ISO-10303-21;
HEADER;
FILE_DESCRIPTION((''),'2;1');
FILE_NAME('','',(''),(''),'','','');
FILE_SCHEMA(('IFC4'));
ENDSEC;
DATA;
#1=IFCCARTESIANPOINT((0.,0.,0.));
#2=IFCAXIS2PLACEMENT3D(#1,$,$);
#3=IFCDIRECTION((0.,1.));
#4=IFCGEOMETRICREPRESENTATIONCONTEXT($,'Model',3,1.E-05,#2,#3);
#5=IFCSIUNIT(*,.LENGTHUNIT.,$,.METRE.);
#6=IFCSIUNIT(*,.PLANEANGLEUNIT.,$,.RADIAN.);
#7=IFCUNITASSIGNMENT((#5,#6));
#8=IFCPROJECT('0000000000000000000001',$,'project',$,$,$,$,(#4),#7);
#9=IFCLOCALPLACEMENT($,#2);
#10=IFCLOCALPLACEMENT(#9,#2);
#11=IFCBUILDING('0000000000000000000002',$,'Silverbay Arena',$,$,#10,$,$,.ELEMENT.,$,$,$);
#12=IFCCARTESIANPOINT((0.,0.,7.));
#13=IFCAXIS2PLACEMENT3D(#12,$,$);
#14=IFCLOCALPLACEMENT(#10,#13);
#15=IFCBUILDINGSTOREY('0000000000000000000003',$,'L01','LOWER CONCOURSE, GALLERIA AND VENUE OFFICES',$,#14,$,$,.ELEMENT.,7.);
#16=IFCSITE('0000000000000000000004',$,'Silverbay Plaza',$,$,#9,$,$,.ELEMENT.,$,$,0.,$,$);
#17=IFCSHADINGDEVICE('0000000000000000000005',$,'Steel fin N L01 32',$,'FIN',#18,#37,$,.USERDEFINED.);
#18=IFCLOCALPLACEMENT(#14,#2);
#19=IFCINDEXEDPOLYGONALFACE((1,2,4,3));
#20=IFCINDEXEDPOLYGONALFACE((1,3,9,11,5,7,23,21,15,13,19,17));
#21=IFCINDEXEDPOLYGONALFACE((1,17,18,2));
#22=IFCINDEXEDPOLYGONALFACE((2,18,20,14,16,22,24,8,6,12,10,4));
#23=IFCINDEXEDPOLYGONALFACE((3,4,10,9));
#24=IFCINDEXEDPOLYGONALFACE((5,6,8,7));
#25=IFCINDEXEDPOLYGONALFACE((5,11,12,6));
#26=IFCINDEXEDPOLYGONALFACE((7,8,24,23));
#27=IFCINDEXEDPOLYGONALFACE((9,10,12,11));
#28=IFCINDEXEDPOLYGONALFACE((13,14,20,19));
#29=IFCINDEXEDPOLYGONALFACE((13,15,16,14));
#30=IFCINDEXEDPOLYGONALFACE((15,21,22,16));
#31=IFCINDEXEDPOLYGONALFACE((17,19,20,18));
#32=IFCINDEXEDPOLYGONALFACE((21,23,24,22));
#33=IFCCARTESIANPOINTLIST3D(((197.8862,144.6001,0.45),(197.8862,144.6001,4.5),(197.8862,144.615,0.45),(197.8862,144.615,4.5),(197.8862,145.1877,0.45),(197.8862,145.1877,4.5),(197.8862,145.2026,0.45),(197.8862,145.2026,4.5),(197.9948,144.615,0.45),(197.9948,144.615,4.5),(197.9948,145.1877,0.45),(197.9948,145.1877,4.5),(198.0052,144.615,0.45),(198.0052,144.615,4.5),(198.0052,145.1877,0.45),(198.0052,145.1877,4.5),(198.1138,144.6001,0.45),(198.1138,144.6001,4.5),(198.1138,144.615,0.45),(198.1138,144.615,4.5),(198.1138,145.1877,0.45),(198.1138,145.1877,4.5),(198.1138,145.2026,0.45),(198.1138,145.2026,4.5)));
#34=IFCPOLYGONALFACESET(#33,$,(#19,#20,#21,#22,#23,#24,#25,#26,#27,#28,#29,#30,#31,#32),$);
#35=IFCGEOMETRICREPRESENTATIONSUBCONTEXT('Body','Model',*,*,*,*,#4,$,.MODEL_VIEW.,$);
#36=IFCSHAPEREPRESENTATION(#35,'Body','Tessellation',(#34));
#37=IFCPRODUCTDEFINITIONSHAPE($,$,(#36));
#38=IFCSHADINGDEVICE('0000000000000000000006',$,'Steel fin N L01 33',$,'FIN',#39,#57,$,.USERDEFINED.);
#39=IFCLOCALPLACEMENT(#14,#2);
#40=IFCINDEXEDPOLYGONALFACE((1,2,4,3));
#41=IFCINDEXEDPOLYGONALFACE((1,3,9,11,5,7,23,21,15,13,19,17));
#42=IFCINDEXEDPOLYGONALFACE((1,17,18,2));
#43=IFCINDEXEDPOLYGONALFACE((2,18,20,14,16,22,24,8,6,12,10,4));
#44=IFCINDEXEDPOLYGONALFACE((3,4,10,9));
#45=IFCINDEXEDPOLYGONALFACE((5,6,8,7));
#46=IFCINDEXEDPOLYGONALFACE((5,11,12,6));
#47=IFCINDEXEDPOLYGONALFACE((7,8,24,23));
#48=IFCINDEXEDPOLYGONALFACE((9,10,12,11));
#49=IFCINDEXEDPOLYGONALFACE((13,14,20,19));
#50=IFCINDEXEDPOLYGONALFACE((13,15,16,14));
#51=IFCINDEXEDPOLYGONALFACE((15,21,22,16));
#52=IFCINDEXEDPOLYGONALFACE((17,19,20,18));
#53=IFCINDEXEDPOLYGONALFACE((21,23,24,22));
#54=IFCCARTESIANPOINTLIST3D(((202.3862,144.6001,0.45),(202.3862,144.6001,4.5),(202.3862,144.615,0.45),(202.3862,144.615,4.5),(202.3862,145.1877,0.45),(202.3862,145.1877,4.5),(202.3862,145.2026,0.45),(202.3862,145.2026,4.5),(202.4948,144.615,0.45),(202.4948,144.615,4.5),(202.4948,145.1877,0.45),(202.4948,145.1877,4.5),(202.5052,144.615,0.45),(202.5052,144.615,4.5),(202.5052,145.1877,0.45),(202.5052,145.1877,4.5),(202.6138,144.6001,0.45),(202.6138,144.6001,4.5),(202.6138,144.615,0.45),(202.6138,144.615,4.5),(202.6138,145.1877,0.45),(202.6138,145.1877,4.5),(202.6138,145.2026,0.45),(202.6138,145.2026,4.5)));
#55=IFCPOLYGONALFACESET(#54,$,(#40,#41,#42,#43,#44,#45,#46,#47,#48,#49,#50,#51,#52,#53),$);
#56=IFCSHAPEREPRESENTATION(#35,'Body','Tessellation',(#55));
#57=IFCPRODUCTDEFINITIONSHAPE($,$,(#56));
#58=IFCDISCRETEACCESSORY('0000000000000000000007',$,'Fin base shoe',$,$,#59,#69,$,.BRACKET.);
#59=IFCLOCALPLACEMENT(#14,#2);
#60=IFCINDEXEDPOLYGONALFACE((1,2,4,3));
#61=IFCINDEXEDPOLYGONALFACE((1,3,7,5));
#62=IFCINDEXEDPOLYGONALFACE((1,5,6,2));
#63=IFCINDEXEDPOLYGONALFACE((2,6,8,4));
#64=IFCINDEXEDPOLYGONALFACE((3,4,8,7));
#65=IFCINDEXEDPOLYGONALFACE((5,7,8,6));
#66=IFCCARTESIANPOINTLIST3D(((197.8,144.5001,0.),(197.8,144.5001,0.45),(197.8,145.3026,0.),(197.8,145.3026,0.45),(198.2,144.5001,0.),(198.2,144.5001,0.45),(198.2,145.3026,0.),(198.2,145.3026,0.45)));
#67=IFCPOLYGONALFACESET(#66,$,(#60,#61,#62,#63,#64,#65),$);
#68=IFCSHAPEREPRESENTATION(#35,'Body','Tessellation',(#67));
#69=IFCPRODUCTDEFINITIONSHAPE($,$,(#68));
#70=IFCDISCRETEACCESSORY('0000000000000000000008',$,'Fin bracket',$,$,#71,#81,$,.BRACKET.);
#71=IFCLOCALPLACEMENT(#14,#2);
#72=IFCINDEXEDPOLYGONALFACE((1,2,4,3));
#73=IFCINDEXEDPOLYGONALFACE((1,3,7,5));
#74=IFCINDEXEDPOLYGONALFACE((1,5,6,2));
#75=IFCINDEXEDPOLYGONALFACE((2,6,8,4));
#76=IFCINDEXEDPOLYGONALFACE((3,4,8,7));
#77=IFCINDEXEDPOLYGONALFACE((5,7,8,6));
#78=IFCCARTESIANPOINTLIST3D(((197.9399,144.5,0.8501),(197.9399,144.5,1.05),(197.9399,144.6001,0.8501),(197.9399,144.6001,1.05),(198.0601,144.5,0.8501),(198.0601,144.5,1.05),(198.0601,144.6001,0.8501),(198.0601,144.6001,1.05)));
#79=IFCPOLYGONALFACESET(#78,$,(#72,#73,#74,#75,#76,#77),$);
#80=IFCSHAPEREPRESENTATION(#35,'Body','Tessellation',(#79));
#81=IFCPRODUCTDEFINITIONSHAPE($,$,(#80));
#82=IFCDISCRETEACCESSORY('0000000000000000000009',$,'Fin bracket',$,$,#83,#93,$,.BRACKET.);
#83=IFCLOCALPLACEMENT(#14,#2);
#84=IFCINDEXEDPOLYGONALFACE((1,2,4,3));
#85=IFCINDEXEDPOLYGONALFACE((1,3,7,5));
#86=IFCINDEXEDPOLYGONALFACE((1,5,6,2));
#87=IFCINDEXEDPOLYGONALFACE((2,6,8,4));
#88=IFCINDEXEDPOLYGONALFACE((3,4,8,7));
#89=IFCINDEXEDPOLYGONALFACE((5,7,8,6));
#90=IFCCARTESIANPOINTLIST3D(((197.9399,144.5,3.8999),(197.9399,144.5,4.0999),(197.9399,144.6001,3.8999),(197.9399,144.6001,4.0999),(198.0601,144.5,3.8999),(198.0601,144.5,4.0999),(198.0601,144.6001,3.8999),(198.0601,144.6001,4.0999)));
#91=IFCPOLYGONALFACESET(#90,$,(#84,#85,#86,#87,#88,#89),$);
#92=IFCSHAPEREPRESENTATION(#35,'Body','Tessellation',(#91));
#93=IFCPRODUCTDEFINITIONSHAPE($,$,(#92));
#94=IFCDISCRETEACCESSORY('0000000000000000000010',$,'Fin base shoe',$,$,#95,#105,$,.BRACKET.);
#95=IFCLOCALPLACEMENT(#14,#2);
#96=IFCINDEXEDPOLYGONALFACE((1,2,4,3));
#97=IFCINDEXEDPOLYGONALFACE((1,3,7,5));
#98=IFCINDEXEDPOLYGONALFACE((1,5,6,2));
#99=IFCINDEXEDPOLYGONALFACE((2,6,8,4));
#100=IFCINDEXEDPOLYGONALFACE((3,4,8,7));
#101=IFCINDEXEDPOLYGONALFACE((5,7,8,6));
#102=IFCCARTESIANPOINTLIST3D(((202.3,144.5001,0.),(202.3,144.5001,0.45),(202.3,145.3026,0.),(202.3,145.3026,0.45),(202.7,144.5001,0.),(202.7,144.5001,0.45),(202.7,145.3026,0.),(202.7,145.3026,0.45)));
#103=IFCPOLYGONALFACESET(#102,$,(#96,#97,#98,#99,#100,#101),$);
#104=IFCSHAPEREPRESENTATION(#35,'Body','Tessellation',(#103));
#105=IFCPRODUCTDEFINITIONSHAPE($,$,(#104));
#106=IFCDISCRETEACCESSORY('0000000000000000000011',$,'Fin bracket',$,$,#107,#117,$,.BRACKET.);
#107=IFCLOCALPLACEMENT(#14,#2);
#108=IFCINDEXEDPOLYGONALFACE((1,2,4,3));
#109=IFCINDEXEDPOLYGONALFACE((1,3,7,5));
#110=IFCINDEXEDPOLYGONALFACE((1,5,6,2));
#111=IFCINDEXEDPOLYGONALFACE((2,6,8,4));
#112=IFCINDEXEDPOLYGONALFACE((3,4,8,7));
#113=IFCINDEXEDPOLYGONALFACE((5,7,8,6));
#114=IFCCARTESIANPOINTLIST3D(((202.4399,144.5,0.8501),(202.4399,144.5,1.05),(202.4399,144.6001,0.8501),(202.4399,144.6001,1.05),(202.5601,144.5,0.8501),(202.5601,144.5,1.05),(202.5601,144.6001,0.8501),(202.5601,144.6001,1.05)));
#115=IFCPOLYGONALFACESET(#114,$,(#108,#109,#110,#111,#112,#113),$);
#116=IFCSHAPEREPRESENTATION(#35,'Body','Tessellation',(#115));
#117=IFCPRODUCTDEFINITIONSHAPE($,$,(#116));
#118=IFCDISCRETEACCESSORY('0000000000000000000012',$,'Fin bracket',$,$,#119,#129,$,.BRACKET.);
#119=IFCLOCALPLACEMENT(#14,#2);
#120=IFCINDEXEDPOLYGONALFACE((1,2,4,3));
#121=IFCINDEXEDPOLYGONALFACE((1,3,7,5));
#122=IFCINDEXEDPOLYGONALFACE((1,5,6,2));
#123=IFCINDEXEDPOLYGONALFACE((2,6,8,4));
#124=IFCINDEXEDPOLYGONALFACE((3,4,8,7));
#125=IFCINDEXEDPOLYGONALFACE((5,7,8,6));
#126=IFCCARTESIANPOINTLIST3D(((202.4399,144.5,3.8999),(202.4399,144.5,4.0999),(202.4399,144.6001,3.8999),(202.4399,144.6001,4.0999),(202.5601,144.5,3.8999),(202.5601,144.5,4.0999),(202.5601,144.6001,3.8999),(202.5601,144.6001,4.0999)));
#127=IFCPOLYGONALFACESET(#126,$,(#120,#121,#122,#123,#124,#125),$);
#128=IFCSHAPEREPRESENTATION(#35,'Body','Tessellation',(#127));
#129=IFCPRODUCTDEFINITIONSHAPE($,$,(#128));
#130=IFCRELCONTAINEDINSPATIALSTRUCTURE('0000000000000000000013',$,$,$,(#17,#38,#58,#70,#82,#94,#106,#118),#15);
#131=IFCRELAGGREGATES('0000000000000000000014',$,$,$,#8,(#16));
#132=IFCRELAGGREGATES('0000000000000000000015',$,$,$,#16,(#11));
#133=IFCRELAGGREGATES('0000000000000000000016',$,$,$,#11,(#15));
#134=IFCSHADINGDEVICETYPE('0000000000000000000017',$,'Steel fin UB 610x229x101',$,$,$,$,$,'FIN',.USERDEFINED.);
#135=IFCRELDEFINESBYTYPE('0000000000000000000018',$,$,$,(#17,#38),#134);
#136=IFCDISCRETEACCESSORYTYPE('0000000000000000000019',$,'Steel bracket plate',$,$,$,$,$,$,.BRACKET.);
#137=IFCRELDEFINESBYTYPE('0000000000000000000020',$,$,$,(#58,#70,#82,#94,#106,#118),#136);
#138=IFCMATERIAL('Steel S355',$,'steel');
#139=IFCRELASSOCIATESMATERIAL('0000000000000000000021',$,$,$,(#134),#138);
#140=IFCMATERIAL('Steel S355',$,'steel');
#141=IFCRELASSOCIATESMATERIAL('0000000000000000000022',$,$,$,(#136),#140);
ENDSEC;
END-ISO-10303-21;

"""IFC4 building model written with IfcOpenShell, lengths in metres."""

from ifc_helpers import new_model, si_unit, direction, frame, origin, origin_2d, place, context, subcontext, project, spatial, rectangle, i_section, extrude, material, material_profile, profile_set, type_object, element, save


model = new_model("IFC4")

# Units and contexts
model_context = context("Model", 3, precision=1e-05, world=origin(), true_north=direction((0.0, 1.0)))
body_context = subcontext(model_context, "Body", "Model", "MODEL_VIEW")
ifc_project = project(units=[si_unit("LENGTHUNIT", "METRE"), si_unit("PLANEANGLEUNIT", "RADIAN")], contexts=[model_context])

# Site, building, storey
site_placement = place(None, origin())
site = spatial("IfcSite", under=ifc_project, at=site_placement, Name="Silverbay Plaza", CompositionType="ELEMENT", RefElevation=0.0)
building_placement = place(site_placement, origin())
building = spatial("IfcBuilding", under=site, at=building_placement, Name="Silverbay Arena", CompositionType="ELEMENT")
storey_placement = place(building_placement, frame((0.0, 0.0, 7.0)))
storey = spatial("IfcBuildingStorey", under=building, at=storey_placement, Name="L01", Description="LOWER CONCOURSE, GALLERIA AND VENUE OFFICES", CompositionType="ELEMENT", Elevation=7.0)

# Shading devices
ifc_material_1 = material(Name="Steel S355", Category="steel")
ifc_material_profile_1 = material_profile(ifc_material_1, i_section(OverallWidth=0.2275, OverallDepth=0.6025, WebThickness=0.0105, FlangeThickness=0.0149, at=origin_2d()), Name="UB 610x229x101")
ifc_profile_set_1 = profile_set([ifc_material_profile_1], Name="Steel S355")
shading_device_type = type_object("IfcShadingDeviceType", Name="Steel fin UB 610x229x101", ElementType="FIN", PredefinedType="USERDEFINED", material=ifc_profile_set_1)
for number, where, z_axis, x_axis, name in (
    (1, (198.0, 144.9014, 0.45), (0.0, 0.0, 1.0), (1.0, 0.0, 0.0), "Steel fin N L01 32"),
    (2, (202.5, 144.9014, 0.45), (0.0, 0.0, 1.0), (1.0, 0.0, 0.0), "Steel fin N L01 33"),
):
    element("IfcShadingDevice", number, at=place(storey_placement, frame(where, z_axis=z_axis, x_axis=x_axis)), inside=storey, type_object=shading_device_type, Name=name, ObjectType="FIN", PredefinedType="USERDEFINED", context=body_context, shape_type="SweptSolid", body=[
        extrude(i_section(OverallWidth=0.2275, OverallDepth=0.6025, WebThickness=0.0105, FlangeThickness=0.0149, at=origin_2d()), origin(), (0.0, 0.0, 1.0), 4.05),
    ])

# Discrete accessories
ifc_material_2 = material(Name="Steel S355", Category="steel")
discrete_accessory_type = type_object("IfcDiscreteAccessoryType", Name="Steel bracket plate", PredefinedType="BRACKET", material=ifc_material_2)
discrete_accessory_1_placement = place(storey_placement, frame((198.0, 144.9014, 0.0), z_axis=(0.0, 0.0, 1.0), x_axis=(1.0, 0.0, 0.0)))
element("IfcDiscreteAccessory", 3, at=discrete_accessory_1_placement, inside=storey, type_object=discrete_accessory_type, Name="Fin base shoe", PredefinedType="BRACKET", context=body_context, shape_type="SweptSolid", body=[
    extrude(rectangle(XDim=0.3999, YDim=0.8025, at=origin_2d()), origin(), (0.0, 0.0, 1.0), 0.45),
])
for number, where, z_axis, x_axis, name in (
    (4, (198.0, 144.55, 0.8501), (0.0, 0.0, 1.0), (1.0, 0.0, 0.0), "Fin bracket"),
    (5, (198.0, 144.55, 3.8999), (0.0, 0.0, 1.0), (1.0, 0.0, 0.0), "Fin bracket"),
):
    element("IfcDiscreteAccessory", number, at=place(storey_placement, frame(where, z_axis=z_axis, x_axis=x_axis)), inside=storey, type_object=discrete_accessory_type, Name=name, PredefinedType="BRACKET", context=body_context, shape_type="SweptSolid", body=[
        extrude(rectangle(XDim=0.1201, YDim=0.1001, at=origin_2d()), origin(), (0.0, 0.0, 1.0), 0.2),
    ])
discrete_accessory_2_placement = place(storey_placement, frame((202.5, 144.9014, 0.0), z_axis=(0.0, 0.0, 1.0), x_axis=(1.0, 0.0, 0.0)))
element("IfcDiscreteAccessory", 6, at=discrete_accessory_2_placement, inside=storey, type_object=discrete_accessory_type, Name="Fin base shoe", PredefinedType="BRACKET", context=body_context, shape_type="SweptSolid", body=[
    extrude(rectangle(XDim=0.3999, YDim=0.8025, at=origin_2d()), origin(), (0.0, 0.0, 1.0), 0.45),
])
for number, where, z_axis, x_axis, name in (
    (7, (202.5, 144.55, 0.8501), (0.0, 0.0, 1.0), (1.0, 0.0, 0.0), "Fin bracket"),
    (8, (202.5, 144.55, 3.8999), (0.0, 0.0, 1.0), (1.0, 0.0, 0.0), "Fin bracket"),
):
    element("IfcDiscreteAccessory", number, at=place(storey_placement, frame(where, z_axis=z_axis, x_axis=x_axis)), inside=storey, type_object=discrete_accessory_type, Name=name, PredefinedType="BRACKET", context=body_context, shape_type="SweptSolid", body=[
        extrude(rectangle(XDim=0.1201, YDim=0.1001, at=origin_2d()), origin(), (0.0, 0.0, 1.0), 0.2),
    ])

save(model, "model.ifc")
